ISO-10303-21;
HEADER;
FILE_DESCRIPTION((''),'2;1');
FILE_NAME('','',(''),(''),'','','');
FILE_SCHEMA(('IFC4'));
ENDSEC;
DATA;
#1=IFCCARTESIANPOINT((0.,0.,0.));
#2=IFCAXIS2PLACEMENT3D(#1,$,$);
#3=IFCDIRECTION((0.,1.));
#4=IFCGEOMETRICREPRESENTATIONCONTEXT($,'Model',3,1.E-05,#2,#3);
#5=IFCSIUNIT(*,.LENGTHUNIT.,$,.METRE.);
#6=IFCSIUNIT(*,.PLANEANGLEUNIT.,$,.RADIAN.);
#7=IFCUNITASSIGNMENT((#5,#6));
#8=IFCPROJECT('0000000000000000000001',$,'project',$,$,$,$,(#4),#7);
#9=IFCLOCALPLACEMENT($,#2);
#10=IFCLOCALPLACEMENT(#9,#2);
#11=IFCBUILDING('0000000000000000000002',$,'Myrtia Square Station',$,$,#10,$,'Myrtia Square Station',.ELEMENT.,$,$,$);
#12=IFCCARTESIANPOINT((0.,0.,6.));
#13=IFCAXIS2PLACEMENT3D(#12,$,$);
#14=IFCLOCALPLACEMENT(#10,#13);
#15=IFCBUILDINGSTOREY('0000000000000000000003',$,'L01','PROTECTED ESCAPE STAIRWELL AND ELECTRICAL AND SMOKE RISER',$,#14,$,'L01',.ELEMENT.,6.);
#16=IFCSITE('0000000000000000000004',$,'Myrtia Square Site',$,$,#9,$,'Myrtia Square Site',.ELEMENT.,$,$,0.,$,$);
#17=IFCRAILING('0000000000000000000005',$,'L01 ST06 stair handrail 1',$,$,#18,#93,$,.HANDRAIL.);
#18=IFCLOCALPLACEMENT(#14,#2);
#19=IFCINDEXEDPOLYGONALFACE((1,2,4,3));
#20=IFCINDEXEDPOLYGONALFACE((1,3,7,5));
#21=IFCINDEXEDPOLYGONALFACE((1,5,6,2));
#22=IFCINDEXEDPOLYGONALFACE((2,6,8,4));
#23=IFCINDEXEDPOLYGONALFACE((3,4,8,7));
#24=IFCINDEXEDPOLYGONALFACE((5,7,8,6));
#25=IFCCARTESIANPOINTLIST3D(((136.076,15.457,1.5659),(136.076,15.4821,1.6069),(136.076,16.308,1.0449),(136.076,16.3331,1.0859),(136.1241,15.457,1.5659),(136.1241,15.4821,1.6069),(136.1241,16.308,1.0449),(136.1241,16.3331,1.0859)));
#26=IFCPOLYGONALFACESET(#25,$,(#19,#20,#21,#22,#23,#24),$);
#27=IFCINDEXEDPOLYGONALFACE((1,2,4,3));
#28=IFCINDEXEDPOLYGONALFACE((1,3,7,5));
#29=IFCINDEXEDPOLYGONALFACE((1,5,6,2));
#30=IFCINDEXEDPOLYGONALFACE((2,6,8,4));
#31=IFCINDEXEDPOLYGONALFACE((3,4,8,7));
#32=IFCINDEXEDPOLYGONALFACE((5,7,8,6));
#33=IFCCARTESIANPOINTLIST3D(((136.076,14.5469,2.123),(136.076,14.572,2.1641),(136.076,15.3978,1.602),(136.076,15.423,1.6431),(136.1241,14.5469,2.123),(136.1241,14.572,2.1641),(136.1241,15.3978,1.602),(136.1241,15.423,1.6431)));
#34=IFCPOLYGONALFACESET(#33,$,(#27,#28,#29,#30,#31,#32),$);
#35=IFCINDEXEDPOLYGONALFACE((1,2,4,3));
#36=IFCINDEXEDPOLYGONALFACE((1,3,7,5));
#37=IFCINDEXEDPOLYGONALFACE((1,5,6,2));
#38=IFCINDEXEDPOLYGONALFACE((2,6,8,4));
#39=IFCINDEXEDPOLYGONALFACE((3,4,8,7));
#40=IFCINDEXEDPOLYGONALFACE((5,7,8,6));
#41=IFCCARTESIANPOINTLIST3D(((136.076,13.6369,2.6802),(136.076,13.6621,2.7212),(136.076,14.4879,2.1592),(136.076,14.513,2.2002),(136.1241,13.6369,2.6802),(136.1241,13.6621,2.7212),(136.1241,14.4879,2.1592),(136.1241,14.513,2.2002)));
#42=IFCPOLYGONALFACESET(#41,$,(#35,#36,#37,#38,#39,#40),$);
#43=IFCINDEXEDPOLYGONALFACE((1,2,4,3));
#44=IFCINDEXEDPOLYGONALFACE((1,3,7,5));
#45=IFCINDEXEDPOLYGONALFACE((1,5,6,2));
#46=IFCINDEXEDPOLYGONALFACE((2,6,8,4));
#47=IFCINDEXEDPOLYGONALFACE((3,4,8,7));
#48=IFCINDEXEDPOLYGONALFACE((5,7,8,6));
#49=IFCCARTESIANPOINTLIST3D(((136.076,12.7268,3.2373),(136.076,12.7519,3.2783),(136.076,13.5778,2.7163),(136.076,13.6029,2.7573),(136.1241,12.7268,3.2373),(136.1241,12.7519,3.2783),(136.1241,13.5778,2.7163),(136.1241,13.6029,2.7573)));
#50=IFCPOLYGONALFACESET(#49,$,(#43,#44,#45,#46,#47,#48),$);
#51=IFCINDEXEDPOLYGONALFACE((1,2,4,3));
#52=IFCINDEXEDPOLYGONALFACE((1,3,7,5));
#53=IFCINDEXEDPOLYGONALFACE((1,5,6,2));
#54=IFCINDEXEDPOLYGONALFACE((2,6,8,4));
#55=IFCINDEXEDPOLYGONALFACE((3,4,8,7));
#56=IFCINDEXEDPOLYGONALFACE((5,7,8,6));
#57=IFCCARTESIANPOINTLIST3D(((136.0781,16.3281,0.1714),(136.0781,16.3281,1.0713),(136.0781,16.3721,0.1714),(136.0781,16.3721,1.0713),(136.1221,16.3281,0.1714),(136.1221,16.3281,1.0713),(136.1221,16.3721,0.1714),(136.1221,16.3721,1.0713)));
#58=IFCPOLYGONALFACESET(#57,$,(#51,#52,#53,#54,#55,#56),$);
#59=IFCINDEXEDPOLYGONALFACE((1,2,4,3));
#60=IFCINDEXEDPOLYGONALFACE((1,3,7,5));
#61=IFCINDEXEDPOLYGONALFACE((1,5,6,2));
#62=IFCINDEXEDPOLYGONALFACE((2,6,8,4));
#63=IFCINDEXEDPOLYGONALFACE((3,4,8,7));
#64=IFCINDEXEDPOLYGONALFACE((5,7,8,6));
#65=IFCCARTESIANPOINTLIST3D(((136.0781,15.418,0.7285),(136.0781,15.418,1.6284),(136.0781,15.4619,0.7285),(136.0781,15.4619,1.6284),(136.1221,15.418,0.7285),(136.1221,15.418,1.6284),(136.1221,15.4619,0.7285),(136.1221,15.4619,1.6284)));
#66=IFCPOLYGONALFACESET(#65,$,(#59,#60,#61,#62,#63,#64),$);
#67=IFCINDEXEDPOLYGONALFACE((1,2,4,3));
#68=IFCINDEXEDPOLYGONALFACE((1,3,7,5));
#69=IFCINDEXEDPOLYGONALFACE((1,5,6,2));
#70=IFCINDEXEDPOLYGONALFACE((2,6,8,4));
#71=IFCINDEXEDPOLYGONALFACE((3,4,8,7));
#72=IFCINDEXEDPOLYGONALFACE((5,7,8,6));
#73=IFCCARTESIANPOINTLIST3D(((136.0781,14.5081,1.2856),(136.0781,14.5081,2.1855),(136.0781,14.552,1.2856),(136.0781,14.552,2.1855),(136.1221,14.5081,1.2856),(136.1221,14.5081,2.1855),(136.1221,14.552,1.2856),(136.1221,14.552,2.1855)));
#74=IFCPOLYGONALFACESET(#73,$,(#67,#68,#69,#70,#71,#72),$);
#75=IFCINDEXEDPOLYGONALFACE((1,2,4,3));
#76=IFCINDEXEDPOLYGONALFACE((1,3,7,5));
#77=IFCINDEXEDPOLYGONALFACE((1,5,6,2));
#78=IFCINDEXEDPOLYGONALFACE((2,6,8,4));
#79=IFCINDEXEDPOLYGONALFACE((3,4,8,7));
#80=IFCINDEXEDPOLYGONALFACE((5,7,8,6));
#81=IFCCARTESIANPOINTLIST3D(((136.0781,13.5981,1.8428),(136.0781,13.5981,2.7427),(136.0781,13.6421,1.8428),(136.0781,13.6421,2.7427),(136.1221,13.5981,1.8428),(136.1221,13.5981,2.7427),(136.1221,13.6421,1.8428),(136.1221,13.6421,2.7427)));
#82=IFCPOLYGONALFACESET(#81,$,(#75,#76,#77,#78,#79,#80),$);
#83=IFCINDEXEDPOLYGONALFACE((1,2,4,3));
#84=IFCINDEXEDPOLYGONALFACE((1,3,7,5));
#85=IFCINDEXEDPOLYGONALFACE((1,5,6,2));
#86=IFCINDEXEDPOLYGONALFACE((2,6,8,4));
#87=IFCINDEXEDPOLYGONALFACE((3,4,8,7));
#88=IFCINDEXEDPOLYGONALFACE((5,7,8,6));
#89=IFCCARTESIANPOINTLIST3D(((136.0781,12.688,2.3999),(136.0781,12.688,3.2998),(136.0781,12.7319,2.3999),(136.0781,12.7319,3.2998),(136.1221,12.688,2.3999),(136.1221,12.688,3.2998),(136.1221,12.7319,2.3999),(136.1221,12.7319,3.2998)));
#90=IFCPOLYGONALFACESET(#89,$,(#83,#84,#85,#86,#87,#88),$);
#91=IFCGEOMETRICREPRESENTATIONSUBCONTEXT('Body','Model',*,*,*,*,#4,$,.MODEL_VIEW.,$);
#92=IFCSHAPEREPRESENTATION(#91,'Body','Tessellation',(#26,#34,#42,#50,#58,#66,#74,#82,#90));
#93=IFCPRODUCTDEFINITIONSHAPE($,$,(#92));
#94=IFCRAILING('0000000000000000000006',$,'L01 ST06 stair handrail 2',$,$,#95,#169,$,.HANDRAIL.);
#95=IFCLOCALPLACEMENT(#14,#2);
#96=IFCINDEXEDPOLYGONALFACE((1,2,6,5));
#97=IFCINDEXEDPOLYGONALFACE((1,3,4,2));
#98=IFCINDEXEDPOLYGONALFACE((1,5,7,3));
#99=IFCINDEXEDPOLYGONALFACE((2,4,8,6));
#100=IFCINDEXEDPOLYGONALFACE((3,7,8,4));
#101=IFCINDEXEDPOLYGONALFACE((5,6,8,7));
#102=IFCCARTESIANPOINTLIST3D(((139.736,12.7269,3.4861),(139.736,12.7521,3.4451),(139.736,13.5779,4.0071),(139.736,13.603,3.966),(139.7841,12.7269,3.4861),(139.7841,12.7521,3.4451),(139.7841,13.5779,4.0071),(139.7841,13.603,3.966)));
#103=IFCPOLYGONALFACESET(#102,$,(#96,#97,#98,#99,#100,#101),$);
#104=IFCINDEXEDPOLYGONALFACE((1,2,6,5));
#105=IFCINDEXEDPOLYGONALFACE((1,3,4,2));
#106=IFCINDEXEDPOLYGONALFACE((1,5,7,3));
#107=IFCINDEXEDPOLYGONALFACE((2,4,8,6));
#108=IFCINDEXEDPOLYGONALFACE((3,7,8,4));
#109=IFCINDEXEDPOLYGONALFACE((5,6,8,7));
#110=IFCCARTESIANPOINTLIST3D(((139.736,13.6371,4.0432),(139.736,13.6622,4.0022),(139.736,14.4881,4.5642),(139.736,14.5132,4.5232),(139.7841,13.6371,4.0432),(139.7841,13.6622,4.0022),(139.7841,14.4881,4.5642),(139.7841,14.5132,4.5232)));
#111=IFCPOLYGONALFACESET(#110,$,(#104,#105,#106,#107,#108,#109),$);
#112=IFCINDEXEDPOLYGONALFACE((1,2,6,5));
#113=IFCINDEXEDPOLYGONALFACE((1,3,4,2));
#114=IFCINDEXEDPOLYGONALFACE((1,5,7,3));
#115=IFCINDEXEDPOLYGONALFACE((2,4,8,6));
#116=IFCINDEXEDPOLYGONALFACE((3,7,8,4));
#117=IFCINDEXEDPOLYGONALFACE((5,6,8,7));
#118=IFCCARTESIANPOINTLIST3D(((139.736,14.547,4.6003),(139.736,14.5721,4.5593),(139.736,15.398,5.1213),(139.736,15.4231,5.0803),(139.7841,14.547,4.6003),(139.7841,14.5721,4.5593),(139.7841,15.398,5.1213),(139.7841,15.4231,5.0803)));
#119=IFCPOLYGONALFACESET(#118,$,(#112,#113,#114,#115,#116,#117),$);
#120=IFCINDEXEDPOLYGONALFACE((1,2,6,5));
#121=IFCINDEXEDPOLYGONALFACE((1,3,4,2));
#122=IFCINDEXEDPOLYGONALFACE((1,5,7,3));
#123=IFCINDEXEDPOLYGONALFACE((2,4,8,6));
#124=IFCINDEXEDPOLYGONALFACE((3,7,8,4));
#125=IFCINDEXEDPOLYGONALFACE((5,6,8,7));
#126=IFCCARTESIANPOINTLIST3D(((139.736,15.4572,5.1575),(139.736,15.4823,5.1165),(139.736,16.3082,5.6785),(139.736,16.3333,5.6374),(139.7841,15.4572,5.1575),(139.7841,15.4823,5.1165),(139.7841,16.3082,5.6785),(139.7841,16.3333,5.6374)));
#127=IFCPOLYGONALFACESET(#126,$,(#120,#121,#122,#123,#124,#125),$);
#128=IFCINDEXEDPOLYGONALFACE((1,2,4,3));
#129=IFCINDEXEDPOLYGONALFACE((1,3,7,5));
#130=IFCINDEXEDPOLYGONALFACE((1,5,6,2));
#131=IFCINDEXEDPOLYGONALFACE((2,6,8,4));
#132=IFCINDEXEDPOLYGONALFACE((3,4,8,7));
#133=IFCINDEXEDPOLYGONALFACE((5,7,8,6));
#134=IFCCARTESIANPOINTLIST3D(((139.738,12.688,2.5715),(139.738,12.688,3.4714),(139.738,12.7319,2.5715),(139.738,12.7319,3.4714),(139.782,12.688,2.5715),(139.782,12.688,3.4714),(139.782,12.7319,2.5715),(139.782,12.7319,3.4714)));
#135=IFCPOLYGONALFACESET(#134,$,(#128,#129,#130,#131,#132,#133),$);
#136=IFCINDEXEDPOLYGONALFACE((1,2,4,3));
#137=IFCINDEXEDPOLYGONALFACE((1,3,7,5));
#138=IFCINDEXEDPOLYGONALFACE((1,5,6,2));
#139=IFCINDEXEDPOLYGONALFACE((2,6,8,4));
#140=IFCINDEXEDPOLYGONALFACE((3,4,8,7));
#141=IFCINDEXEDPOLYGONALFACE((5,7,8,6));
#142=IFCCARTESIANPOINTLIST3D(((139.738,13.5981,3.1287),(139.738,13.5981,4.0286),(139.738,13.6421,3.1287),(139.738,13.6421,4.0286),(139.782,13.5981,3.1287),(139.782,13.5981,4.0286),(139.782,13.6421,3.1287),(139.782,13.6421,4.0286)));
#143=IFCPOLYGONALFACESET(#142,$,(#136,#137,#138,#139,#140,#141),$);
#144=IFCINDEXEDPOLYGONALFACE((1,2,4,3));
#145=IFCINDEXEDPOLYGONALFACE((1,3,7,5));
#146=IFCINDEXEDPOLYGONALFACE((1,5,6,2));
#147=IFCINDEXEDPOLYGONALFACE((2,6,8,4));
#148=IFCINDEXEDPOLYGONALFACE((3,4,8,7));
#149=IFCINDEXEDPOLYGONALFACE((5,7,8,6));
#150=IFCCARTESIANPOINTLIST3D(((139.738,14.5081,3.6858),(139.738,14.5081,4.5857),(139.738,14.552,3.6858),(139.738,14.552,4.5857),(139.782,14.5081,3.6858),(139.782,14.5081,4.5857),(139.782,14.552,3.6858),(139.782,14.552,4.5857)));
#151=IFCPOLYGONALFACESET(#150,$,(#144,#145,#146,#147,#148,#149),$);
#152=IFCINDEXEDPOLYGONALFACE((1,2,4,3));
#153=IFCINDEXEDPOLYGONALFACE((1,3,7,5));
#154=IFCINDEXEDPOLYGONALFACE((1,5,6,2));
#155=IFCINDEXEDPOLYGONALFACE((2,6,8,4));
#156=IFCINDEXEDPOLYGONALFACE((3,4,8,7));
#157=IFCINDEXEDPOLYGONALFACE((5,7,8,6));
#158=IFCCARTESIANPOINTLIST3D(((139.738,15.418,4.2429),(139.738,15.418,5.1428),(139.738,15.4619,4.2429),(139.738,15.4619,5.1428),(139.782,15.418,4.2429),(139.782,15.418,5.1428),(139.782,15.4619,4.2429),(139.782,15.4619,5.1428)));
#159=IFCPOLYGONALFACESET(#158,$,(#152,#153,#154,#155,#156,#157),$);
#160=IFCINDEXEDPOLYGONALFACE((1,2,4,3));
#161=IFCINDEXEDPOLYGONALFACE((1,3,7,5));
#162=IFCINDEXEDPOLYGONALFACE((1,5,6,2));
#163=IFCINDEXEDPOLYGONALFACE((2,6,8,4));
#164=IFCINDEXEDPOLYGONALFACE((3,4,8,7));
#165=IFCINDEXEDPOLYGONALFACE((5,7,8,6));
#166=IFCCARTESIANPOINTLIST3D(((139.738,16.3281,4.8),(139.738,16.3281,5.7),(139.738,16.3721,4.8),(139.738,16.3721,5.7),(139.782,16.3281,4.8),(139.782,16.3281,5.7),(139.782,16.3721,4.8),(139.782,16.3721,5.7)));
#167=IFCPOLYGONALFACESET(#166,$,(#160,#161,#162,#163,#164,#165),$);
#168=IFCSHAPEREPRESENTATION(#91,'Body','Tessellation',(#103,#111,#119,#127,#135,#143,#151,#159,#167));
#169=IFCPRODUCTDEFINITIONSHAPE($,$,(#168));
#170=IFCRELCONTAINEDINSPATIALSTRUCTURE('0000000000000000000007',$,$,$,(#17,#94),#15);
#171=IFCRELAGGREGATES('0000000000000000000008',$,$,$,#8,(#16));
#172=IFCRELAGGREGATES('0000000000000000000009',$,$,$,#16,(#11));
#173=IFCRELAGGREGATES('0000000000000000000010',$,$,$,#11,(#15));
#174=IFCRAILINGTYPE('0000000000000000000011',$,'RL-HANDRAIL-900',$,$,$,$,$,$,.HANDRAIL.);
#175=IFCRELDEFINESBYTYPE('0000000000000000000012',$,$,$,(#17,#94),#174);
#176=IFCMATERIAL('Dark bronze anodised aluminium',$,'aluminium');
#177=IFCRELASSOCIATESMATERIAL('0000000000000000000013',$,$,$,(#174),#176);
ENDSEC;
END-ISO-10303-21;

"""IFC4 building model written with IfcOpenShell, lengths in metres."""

from ifc_helpers import new_model, si_unit, direction, frame, origin, origin_2d, place, context, subcontext, project, spatial, rectangle, extrude, material, type_object, element, save


model = new_model("IFC4")

# Units and contexts
model_context = context("Model", 3, precision=1e-05, world=origin(), true_north=direction((0.0, 1.0)))
body_context = subcontext(model_context, "Body", "Model", "MODEL_VIEW")
ifc_project = project(units=[si_unit("LENGTHUNIT", "METRE"), si_unit("PLANEANGLEUNIT", "RADIAN")], contexts=[model_context])

# Site, building, storey
site_placement = place(None, origin())
site = spatial("IfcSite", under=ifc_project, at=site_placement, Name="Myrtia Square Site", LongName="Myrtia Square Site", CompositionType="ELEMENT", RefElevation=0.0)
building_placement = place(site_placement, origin())
building = spatial("IfcBuilding", under=site, at=building_placement, Name="Myrtia Square Station", LongName="Myrtia Square Station", CompositionType="ELEMENT")
storey_placement = place(building_placement, frame((0.0, 0.0, 6.0)))
storey = spatial("IfcBuildingStorey", under=building, at=storey_placement, Name="L01", Description="PROTECTED ESCAPE STAIRWELL AND ELECTRICAL AND SMOKE RISER", LongName="L01", CompositionType="ELEMENT", Elevation=6.0)

# Shared definitions
ifc_material_1 = material(Name="Dark bronze anodised aluminium", Category="aluminium")

# Railings
railing_type_1 = type_object("IfcRailingType", Name="RL-HANDRAIL-900", PredefinedType="HANDRAIL", material=ifc_material_1)
railing_1_placement = place(storey_placement, frame((136.1001, 16.3501, 0.1714)))
element("IfcRailing", 1, at=railing_1_placement, inside=storey, type_object=railing_type_1, Name="L01 ST06 stair handrail 1", PredefinedType="HANDRAIL", context=body_context, shape_type="SweptSolid", body=[
    extrude(rectangle(XDim=0.0481, YDim=0.0481, at=origin_2d()), frame((0.0, -0.0295, 0.894), z_axis=(0.0, -0.852866, 0.52213), x_axis=(1.0, 0.0, 0.0)), (0.0, 0.0, 1.0), 0.9978),
    extrude(rectangle(XDim=0.0481, YDim=0.0481, at=origin_2d()), frame((0.0, -0.9397, 1.4512), z_axis=(0.0, -0.852866, 0.52213), x_axis=(1.0, 0.0, 0.0)), (0.0, 0.0, 1.0), 0.9978),
    extrude(rectangle(XDim=0.0481, YDim=0.0481, at=origin_2d()), frame((0.0, -1.8496, 2.0083), z_axis=(0.0, -0.852866, 0.52213), x_axis=(1.0, 0.0, 0.0)), (0.0, 0.0, 1.0), 0.9978),
    extrude(rectangle(XDim=0.0481, YDim=0.0481, at=origin_2d()), frame((0.0, -2.7598, 2.5654), z_axis=(0.0, -0.852866, 0.52213), x_axis=(1.0, 0.0, 0.0)), (0.0, 0.0, 1.0), 0.9978),
    extrude(rectangle(XDim=0.0439, YDim=0.0439, at=origin_2d()), origin(), (0.0, 0.0, 1.0), 0.8999),
    extrude(rectangle(XDim=0.0439, YDim=0.0439, at=origin_2d()), frame((0.0, -0.9102, 0.5571)), (0.0, 0.0, 1.0), 0.8999),
    extrude(rectangle(XDim=0.0439, YDim=0.0439, at=origin_2d()), frame((0.0, -1.8201, 1.1143)), (0.0, 0.0, 1.0), 0.8999),
    extrude(rectangle(XDim=0.0439, YDim=0.0439, at=origin_2d()), frame((0.0, -2.73, 1.6714)), (0.0, 0.0, 1.0), 0.8999),
    extrude(rectangle(XDim=0.0439, YDim=0.0439, at=origin_2d()), frame((0.0, -3.6401, 2.2285)), (0.0, 0.0, 1.0), 0.8999),
])
railing_2_placement = place(storey_placement, frame((139.76, 12.71, 2.5715)))
element("IfcRailing", 2, at=railing_2_placement, inside=storey, type_object=railing_type_1, Name="L01 ST06 stair handrail 2", PredefinedType="HANDRAIL", context=body_context, shape_type="SweptSolid", body=[
    extrude(rectangle(XDim=0.0481, YDim=0.0481, at=origin_2d()), frame((0.0, 0.0295, 0.894), z_axis=(0.0, 0.852866, 0.52213), x_axis=(-1.0, 0.0, 0.0)), (0.0, 0.0, 1.0), 0.9978),
    extrude(rectangle(XDim=0.0481, YDim=0.0481, at=origin_2d()), frame((0.0, 0.9397, 1.4512), z_axis=(0.0, 0.852866, 0.52213), x_axis=(-1.0, 0.0, 0.0)), (0.0, 0.0, 1.0), 0.9978),
    extrude(rectangle(XDim=0.0481, YDim=0.0481, at=origin_2d()), frame((0.0, 1.8496, 2.0083), z_axis=(0.0, 0.852866, 0.52213), x_axis=(-1.0, 0.0, 0.0)), (0.0, 0.0, 1.0), 0.9978),
    extrude(rectangle(XDim=0.0481, YDim=0.0481, at=origin_2d()), frame((0.0, 2.7598, 2.5654), z_axis=(0.0, 0.852866, 0.52213), x_axis=(-1.0, 0.0, 0.0)), (0.0, 0.0, 1.0), 0.9978),
    extrude(rectangle(XDim=0.0439, YDim=0.0439, at=origin_2d()), origin(), (0.0, 0.0, 1.0), 0.8999),
    extrude(rectangle(XDim=0.0439, YDim=0.0439, at=origin_2d()), frame((0.0, 0.9102, 0.5571)), (0.0, 0.0, 1.0), 0.8999),
    extrude(rectangle(XDim=0.0439, YDim=0.0439, at=origin_2d()), frame((0.0, 1.8201, 1.1143)), (0.0, 0.0, 1.0), 0.8999),
    extrude(rectangle(XDim=0.0439, YDim=0.0439, at=origin_2d()), frame((0.0, 2.73, 1.6714)), (0.0, 0.0, 1.0), 0.8999),
    extrude(rectangle(XDim=0.0439, YDim=0.0439, at=origin_2d()), frame((0.0, 3.6401, 2.2285)), (0.0, 0.0, 1.0), 0.8999),
])

save(model, "model.ifc")
